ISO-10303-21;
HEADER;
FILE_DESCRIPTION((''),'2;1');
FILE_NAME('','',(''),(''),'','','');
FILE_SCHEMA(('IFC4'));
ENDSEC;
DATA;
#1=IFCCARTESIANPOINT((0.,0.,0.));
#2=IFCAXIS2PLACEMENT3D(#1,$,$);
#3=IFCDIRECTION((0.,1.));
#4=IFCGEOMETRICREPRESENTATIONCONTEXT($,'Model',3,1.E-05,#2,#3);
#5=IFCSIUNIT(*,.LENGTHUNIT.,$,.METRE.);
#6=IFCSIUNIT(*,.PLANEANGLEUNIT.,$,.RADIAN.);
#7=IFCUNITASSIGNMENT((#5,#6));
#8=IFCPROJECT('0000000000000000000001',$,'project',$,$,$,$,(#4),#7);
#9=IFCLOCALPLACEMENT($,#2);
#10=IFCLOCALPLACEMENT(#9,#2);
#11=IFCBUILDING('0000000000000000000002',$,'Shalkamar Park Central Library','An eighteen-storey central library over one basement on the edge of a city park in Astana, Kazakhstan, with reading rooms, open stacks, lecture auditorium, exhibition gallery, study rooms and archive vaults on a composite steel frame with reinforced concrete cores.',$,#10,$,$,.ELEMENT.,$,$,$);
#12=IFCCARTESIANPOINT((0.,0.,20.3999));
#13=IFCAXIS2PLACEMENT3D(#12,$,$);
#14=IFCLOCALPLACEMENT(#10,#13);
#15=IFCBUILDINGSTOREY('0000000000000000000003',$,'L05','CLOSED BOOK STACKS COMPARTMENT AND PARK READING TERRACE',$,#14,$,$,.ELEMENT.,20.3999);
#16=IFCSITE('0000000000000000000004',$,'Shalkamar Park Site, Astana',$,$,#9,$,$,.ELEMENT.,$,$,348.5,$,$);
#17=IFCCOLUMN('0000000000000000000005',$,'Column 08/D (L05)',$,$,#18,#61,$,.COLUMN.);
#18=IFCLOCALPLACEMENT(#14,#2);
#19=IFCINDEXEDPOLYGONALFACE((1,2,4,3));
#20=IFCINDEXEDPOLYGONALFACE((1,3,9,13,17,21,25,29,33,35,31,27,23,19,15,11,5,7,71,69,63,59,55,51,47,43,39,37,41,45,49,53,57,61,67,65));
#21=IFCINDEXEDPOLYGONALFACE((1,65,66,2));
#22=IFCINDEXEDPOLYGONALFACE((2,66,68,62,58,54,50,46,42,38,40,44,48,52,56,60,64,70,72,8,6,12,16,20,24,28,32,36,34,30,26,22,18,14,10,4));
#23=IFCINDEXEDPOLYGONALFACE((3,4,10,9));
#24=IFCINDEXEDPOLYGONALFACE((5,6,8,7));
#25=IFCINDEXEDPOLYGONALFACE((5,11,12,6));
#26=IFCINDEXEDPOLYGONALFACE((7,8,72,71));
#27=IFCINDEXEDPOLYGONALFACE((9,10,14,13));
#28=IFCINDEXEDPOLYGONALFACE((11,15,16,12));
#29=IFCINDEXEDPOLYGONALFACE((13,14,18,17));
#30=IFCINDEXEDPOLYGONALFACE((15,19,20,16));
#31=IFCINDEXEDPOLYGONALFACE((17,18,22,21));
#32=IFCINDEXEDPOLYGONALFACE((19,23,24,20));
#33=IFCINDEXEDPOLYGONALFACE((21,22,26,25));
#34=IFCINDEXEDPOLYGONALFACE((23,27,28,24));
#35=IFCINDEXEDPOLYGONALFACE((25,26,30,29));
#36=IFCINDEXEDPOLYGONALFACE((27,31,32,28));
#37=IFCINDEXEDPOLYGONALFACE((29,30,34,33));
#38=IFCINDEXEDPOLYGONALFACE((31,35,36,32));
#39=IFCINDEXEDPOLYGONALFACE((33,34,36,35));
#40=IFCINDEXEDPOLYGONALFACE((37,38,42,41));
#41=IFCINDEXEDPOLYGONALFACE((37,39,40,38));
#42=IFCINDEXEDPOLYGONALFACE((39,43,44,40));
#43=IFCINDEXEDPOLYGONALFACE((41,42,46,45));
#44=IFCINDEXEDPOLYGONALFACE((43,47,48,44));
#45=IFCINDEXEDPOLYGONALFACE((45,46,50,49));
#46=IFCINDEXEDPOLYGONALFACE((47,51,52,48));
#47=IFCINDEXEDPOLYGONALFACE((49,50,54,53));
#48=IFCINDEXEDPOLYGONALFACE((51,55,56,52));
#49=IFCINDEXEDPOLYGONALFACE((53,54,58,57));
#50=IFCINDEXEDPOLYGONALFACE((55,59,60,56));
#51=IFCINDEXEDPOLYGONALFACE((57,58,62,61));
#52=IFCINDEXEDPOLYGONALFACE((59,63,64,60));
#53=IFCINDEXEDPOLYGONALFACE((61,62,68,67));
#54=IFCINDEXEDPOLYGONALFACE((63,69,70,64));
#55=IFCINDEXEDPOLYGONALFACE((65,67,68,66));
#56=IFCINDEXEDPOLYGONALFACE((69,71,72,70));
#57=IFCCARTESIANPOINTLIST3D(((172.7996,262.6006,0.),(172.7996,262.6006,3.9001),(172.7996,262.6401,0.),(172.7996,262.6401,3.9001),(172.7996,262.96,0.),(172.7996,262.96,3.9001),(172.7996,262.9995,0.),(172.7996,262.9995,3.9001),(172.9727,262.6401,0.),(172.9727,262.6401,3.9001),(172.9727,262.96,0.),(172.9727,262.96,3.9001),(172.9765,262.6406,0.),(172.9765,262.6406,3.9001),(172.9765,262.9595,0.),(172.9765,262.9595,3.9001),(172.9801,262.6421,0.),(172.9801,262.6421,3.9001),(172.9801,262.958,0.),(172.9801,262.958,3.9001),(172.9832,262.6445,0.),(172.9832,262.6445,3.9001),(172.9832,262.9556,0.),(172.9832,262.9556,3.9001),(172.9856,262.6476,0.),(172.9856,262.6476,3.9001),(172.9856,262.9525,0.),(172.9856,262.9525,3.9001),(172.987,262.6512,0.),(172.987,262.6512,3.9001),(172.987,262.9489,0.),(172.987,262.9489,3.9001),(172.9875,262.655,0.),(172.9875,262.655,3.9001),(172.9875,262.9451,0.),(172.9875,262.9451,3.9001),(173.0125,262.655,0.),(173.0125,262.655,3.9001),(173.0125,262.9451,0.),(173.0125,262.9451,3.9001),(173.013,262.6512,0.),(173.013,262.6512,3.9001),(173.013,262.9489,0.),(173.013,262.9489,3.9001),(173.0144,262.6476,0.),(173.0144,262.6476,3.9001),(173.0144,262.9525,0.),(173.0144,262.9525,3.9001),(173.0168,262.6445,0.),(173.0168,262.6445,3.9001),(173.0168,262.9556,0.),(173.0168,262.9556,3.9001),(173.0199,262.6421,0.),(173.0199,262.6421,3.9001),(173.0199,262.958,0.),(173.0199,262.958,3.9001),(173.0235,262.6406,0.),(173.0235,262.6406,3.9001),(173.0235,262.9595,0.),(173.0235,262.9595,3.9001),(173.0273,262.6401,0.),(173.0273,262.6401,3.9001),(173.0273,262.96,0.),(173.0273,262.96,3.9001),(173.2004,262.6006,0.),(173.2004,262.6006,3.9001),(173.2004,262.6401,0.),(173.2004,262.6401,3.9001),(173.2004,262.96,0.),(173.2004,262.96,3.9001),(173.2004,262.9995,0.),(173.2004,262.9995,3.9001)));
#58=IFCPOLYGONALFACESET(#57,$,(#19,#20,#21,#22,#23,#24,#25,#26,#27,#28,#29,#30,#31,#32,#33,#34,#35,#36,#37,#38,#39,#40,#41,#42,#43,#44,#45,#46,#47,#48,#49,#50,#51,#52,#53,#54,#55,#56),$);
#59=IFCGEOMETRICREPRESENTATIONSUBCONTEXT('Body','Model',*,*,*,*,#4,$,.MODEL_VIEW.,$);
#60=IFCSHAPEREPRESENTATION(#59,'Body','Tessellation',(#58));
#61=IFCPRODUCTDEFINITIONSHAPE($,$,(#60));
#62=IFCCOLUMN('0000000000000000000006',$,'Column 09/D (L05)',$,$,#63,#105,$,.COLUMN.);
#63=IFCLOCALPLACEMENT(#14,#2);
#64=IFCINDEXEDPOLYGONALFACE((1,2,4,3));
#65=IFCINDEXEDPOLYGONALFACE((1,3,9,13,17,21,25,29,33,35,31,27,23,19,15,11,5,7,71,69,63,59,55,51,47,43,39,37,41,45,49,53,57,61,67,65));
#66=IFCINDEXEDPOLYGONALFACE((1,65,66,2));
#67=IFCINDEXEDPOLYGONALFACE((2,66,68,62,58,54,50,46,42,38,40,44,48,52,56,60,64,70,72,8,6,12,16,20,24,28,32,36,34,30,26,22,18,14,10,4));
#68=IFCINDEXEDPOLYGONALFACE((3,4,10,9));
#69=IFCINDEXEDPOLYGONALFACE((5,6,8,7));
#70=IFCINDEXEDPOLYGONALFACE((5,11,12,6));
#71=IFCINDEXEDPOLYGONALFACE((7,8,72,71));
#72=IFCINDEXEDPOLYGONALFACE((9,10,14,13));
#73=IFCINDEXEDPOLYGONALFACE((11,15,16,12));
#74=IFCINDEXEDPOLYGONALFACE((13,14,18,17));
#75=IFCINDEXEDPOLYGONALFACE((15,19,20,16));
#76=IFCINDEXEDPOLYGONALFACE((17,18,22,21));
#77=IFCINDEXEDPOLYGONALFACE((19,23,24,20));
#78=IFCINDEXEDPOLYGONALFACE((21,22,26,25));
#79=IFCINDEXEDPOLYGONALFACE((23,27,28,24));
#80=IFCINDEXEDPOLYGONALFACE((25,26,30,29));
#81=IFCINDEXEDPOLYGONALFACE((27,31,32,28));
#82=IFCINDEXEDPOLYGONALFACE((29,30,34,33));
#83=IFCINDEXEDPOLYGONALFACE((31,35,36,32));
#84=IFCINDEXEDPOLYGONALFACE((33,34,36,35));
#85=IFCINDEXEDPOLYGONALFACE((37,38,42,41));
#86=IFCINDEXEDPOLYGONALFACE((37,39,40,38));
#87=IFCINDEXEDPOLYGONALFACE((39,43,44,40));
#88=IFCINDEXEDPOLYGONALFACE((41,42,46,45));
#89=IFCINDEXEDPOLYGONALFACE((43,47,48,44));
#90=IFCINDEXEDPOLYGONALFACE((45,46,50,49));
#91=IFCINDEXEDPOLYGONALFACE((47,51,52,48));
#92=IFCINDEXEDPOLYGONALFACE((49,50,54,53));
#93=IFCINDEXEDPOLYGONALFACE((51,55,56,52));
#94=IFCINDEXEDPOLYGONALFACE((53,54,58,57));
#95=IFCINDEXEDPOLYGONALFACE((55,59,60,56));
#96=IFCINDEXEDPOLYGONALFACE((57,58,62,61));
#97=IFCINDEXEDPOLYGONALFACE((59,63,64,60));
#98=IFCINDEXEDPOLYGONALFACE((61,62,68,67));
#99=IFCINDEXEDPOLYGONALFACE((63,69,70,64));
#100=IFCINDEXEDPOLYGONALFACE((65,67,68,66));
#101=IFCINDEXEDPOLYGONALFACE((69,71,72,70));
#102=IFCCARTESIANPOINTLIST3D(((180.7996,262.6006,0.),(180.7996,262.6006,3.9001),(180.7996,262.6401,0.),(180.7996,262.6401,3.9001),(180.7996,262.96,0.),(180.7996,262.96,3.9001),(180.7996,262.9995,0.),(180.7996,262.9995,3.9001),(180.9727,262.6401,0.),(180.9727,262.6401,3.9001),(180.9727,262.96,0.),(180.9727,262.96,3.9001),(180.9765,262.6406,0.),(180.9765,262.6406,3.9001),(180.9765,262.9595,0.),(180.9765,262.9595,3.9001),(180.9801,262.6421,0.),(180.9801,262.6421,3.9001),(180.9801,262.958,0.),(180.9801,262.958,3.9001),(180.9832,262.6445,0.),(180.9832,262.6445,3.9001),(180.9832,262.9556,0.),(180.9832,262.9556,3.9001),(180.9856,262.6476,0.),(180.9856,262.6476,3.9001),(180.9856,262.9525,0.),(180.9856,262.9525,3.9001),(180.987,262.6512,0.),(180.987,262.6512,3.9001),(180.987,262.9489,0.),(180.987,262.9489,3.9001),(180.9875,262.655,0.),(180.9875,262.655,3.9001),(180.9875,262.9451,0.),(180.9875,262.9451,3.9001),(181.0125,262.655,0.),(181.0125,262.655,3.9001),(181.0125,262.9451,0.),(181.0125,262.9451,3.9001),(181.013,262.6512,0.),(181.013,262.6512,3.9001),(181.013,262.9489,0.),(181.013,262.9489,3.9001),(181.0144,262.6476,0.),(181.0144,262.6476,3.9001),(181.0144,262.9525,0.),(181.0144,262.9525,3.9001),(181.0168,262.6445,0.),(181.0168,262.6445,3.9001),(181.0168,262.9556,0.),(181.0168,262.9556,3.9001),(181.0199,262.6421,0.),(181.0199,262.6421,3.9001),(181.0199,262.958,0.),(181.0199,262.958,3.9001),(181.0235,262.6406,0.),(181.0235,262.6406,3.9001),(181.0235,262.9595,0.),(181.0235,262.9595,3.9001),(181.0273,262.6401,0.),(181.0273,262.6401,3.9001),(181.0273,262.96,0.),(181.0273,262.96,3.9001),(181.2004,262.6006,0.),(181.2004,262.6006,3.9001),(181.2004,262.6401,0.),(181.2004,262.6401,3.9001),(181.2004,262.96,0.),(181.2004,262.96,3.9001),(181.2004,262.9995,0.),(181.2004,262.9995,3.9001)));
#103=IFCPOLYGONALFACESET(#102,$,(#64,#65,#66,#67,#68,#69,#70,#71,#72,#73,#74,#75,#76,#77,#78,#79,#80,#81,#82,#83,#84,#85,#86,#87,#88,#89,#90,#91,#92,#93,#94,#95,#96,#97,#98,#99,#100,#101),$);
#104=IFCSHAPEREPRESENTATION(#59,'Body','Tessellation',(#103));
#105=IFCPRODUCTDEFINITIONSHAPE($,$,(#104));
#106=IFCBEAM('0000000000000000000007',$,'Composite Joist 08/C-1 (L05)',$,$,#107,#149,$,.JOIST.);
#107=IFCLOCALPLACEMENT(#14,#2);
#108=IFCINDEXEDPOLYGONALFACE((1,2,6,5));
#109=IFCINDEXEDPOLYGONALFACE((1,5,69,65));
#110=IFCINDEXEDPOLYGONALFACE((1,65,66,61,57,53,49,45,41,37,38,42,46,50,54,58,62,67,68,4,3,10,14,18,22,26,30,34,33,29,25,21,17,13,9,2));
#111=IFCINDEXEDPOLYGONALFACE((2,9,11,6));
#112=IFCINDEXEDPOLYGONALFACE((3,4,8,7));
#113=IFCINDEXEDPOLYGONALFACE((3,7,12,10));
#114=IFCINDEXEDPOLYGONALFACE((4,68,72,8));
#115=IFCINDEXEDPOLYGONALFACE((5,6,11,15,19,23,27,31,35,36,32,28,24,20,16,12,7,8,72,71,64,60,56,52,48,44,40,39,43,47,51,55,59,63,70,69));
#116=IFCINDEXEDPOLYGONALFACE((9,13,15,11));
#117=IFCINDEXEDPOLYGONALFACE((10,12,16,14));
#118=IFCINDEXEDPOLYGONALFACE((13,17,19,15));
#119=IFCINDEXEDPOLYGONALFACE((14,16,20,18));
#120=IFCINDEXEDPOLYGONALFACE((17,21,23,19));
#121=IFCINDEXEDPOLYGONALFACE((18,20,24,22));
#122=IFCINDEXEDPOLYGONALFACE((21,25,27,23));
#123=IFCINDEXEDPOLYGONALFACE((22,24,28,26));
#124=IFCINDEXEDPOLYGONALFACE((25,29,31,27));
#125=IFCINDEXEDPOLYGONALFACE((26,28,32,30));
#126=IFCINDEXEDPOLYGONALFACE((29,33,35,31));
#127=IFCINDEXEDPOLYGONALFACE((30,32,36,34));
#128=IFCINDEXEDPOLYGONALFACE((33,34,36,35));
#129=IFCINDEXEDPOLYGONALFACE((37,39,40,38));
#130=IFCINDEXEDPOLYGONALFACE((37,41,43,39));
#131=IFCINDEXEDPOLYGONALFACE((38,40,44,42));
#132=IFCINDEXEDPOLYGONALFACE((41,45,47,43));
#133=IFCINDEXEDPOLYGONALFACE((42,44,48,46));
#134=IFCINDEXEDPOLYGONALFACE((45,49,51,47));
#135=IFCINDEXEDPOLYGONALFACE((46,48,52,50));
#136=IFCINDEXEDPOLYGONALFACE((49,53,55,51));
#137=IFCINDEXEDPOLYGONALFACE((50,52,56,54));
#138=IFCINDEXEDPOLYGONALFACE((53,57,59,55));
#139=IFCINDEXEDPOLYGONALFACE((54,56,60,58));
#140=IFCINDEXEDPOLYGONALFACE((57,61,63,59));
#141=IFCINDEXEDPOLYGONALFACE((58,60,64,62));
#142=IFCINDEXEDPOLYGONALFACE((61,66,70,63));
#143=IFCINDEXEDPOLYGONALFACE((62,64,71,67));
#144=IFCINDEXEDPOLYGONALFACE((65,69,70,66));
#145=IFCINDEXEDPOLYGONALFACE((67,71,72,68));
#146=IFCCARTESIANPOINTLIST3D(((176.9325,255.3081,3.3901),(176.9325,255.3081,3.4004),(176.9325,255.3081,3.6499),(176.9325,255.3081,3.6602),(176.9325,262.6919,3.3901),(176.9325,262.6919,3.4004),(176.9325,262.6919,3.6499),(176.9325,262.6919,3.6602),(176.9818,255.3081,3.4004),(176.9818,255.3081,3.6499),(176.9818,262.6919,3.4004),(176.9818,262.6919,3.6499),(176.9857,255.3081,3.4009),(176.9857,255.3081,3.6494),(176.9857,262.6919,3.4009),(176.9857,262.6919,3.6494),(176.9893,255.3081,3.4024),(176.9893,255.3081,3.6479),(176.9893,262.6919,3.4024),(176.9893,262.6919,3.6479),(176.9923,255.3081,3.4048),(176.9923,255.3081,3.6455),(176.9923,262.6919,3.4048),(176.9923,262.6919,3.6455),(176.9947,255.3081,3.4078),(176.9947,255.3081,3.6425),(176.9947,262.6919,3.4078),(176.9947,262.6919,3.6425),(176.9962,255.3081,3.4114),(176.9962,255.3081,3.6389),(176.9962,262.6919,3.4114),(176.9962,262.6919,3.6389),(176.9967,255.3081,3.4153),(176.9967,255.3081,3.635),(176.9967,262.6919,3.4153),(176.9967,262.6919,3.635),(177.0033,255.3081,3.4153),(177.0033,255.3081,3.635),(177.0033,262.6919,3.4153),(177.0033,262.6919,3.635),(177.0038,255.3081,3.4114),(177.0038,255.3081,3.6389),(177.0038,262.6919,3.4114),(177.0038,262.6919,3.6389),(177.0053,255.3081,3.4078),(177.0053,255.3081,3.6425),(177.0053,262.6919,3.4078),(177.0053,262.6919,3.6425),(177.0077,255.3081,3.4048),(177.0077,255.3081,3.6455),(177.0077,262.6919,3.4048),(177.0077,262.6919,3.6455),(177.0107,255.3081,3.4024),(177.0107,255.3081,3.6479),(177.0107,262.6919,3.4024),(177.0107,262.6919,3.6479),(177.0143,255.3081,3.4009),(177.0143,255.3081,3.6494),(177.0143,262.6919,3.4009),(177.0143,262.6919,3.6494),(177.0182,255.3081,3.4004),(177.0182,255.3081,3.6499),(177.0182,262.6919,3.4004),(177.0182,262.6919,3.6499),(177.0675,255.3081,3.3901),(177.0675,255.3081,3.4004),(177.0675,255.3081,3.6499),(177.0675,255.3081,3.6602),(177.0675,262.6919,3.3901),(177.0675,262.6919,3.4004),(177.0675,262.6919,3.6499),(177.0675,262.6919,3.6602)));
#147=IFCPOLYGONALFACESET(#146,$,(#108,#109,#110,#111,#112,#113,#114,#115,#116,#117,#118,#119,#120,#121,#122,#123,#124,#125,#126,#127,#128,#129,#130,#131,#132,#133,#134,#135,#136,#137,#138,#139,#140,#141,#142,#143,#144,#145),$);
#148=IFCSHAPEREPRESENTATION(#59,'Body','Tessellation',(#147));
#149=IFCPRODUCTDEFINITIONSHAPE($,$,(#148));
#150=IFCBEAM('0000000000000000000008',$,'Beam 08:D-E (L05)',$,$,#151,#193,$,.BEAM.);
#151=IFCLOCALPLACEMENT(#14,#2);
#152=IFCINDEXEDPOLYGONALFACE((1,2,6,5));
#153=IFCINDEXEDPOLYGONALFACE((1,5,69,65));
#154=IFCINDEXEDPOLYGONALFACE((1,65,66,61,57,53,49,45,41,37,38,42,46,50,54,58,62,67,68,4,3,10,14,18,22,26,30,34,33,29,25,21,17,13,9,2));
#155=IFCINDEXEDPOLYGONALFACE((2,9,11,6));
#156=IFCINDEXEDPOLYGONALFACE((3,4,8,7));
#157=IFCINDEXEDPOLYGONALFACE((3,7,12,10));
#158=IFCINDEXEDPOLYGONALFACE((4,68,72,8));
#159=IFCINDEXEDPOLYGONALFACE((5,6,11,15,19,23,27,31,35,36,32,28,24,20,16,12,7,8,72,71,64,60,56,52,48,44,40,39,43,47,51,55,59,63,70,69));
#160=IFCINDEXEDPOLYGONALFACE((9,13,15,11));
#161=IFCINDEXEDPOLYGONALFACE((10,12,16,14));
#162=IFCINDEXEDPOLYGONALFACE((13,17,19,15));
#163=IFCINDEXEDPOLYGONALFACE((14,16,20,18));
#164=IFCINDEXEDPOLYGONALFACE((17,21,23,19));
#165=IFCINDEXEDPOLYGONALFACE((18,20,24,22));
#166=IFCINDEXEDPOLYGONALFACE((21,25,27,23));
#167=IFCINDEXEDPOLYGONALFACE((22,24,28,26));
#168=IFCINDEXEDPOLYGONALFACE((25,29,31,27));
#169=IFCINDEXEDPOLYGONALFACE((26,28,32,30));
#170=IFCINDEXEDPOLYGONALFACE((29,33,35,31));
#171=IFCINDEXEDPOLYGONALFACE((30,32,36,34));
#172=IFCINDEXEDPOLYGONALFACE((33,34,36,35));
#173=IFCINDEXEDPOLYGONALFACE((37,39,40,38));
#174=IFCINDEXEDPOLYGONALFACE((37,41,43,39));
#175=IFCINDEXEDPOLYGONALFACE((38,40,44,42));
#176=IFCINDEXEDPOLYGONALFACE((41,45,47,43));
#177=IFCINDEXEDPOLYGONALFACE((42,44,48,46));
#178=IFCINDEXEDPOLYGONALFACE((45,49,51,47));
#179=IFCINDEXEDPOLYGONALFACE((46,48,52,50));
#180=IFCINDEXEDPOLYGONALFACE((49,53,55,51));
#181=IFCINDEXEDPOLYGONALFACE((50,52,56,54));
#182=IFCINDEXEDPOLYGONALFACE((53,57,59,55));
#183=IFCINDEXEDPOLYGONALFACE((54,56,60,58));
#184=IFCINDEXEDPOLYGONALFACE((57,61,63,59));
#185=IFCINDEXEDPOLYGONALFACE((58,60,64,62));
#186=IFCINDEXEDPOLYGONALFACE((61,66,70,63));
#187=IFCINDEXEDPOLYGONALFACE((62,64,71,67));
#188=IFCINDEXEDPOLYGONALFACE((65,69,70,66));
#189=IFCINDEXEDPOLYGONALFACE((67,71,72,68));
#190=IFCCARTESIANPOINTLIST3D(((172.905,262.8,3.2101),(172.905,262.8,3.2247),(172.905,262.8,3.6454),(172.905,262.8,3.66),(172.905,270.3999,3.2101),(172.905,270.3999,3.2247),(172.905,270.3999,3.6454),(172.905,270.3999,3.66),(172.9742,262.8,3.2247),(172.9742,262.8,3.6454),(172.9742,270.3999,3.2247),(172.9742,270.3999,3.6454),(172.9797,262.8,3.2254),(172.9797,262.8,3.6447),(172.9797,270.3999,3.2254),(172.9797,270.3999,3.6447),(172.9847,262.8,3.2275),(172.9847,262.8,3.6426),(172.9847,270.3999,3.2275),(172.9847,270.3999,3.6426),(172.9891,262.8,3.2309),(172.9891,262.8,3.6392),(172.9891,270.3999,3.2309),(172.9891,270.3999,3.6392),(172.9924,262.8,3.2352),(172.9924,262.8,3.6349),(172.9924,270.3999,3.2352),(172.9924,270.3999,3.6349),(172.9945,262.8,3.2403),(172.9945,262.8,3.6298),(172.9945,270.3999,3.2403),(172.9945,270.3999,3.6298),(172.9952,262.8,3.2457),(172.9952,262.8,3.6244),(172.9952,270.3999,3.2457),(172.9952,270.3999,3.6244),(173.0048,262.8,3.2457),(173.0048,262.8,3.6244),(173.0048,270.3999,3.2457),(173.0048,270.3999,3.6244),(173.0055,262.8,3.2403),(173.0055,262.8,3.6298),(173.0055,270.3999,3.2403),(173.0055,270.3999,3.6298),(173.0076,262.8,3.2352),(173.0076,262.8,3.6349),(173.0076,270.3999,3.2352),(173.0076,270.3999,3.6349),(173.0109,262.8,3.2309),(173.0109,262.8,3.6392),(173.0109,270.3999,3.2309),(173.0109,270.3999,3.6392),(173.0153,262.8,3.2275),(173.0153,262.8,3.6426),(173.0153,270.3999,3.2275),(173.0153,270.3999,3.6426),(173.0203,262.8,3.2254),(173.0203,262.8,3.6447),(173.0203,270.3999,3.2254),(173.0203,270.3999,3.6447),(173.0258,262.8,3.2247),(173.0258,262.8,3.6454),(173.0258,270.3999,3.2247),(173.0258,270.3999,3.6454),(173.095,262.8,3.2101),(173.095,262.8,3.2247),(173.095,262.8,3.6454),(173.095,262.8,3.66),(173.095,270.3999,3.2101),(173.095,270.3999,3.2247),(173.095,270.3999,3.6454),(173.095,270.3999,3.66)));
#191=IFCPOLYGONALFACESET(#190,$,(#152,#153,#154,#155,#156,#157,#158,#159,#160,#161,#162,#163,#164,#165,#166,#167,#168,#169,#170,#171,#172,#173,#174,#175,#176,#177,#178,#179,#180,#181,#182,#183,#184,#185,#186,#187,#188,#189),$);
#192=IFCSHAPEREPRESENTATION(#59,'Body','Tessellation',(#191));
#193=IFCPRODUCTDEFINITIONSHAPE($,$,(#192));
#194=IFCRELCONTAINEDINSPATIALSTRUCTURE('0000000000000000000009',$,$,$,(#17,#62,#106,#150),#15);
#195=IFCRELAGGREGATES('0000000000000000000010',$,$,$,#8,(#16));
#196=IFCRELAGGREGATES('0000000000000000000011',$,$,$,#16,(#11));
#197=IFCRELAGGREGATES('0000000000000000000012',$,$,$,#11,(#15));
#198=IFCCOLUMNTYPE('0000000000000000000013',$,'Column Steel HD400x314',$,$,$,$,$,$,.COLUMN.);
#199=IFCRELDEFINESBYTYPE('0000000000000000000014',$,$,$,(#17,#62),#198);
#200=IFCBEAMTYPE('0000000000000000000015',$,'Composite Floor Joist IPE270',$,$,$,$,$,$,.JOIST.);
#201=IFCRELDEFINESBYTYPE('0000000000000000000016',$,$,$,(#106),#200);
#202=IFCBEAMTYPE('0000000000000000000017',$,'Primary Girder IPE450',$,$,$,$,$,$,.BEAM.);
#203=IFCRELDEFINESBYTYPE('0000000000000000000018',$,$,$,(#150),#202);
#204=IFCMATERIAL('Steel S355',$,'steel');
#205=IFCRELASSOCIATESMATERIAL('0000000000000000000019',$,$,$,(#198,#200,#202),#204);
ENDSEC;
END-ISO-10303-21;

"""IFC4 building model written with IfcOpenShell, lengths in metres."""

from ifc_helpers import new_model, si_unit, direction, frame, origin, origin_2d, place, context, subcontext, project, spatial, i_section, extrude, material, material_profile, profile_set, type_object, element, save


model = new_model("IFC4")

# Units and contexts
model_context = context("Model", 3, precision=1e-05, world=origin(), true_north=direction((0.0, 1.0)))
body_context = subcontext(model_context, "Body", "Model", "MODEL_VIEW")
ifc_project = project(units=[si_unit("LENGTHUNIT", "METRE"), si_unit("PLANEANGLEUNIT", "RADIAN")], contexts=[model_context])

# Site, building, storey
site_placement = place(None, origin())
site = spatial("IfcSite", under=ifc_project, at=site_placement, Name="Shalkamar Park Site, Astana", CompositionType="ELEMENT", RefElevation=348.5)
building_placement = place(site_placement, origin())
building = spatial("IfcBuilding", under=site, at=building_placement, Name="Shalkamar Park Central Library", Description="An eighteen-storey central library over one basement on the edge of a city park in Astana, Kazakhstan, with reading rooms, open stacks, lecture auditorium, exhibition gallery, study rooms and archive vaults on a composite steel frame with reinforced concrete cores.", CompositionType="ELEMENT")
storey_placement = place(building_placement, frame((0.0, 0.0, 20.3999)))
storey = spatial("IfcBuildingStorey", under=building, at=storey_placement, Name="L05", Description="CLOSED BOOK STACKS COMPARTMENT AND PARK READING TERRACE", CompositionType="ELEMENT", Elevation=20.3999)

# Columns
ifc_material_1 = material(Name="Steel S355", Category="steel")
ifc_material_profile_1 = material_profile(ifc_material_1, i_section(OverallWidth=0.4009, OverallDepth=0.3989, WebThickness=0.0249, FlangeThickness=0.0396, FilletRadius=0.0149, at=origin_2d()), Name="HD 400x314")
ifc_profile_set_1 = profile_set([ifc_material_profile_1], Name="Steel S355")
column_type = type_object("IfcColumnType", Name="Column Steel HD400x314", PredefinedType="COLUMN", material=ifc_profile_set_1)
for number, where, z_axis, x_axis, name in (
    (1, (173.0, 262.8, 0.0), (0.0, 0.0, 1.0), (1.0, 0.0, 0.0), "Column 08/D (L05)"),
    (2, (181.0, 262.8, 0.0), (0.0, 0.0, 1.0), (1.0, 0.0, 0.0), "Column 09/D (L05)"),
):
    element("IfcColumn", number, at=place(storey_placement, frame(where, z_axis=z_axis, x_axis=x_axis)), inside=storey, type_object=column_type, Name=name, PredefinedType="COLUMN", context=body_context, shape_type="SweptSolid", body=[
        extrude(i_section(OverallWidth=0.4009, OverallDepth=0.3989, WebThickness=0.0249, FlangeThickness=0.0396, FilletRadius=0.0149, at=origin_2d()), origin(), (0.0, 0.0, 1.0), 3.9001),
    ])

# Beams
ifc_material_profile_2 = material_profile(ifc_material_1, i_section(OverallWidth=0.135, OverallDepth=0.27, WebThickness=0.0066, FlangeThickness=0.0103, FilletRadius=0.0149, at=origin_2d()), Name="IPE 270")
ifc_profile_set_2 = profile_set([ifc_material_profile_2], Name="Steel S355")
beam_type_1 = type_object("IfcBeamType", Name="Composite Floor Joist IPE270", PredefinedType="JOIST", material=ifc_profile_set_2)
beam_placement = place(storey_placement, frame((177.0, 255.3081, 3.5251), z_axis=(0.0, 1.0, 0.0), x_axis=(-1.0, 0.0, 0.0)))
element("IfcBeam", 3, at=beam_placement, inside=storey, type_object=beam_type_1, Name="Composite Joist 08/C-1 (L05)", PredefinedType="JOIST", context=body_context, shape_type="SweptSolid", body=[
    extrude(i_section(OverallWidth=0.135, OverallDepth=0.27, WebThickness=0.0066, FlangeThickness=0.0103, FilletRadius=0.0149, at=origin_2d()), origin(), (0.0, 0.0, 1.0), 7.3838),
])
ifc_material_profile_3 = material_profile(ifc_material_1, i_section(OverallWidth=0.1899, OverallDepth=0.45, WebThickness=0.0095, FlangeThickness=0.0146, FilletRadius=0.021, at=origin_2d()), Name="IPE 450")
ifc_profile_set_3 = profile_set([ifc_material_profile_3], Name="Steel S355")
beam_type_2 = type_object("IfcBeamType", Name="Primary Girder IPE450", PredefinedType="BEAM", material=ifc_profile_set_3)
for number, where, z_axis, x_axis, name in (
    (4, (173.0, 262.8, 3.4351), (0.0, 1.0, 0.0), (-1.0, 0.0, 0.0), "Beam 08:D-E (L05)"),
):
    element("IfcBeam", number, at=place(storey_placement, frame(where, z_axis=z_axis, x_axis=x_axis)), inside=storey, type_object=beam_type_2, Name=name, PredefinedType="BEAM", context=body_context, shape_type="SweptSolid", body=[
        extrude(i_section(OverallWidth=0.1899, OverallDepth=0.45, WebThickness=0.0095, FlangeThickness=0.0146, FilletRadius=0.021, at=origin_2d()), origin(), (0.0, 0.0, 1.0), 7.5999),
    ])

save(model, "model.ifc")
